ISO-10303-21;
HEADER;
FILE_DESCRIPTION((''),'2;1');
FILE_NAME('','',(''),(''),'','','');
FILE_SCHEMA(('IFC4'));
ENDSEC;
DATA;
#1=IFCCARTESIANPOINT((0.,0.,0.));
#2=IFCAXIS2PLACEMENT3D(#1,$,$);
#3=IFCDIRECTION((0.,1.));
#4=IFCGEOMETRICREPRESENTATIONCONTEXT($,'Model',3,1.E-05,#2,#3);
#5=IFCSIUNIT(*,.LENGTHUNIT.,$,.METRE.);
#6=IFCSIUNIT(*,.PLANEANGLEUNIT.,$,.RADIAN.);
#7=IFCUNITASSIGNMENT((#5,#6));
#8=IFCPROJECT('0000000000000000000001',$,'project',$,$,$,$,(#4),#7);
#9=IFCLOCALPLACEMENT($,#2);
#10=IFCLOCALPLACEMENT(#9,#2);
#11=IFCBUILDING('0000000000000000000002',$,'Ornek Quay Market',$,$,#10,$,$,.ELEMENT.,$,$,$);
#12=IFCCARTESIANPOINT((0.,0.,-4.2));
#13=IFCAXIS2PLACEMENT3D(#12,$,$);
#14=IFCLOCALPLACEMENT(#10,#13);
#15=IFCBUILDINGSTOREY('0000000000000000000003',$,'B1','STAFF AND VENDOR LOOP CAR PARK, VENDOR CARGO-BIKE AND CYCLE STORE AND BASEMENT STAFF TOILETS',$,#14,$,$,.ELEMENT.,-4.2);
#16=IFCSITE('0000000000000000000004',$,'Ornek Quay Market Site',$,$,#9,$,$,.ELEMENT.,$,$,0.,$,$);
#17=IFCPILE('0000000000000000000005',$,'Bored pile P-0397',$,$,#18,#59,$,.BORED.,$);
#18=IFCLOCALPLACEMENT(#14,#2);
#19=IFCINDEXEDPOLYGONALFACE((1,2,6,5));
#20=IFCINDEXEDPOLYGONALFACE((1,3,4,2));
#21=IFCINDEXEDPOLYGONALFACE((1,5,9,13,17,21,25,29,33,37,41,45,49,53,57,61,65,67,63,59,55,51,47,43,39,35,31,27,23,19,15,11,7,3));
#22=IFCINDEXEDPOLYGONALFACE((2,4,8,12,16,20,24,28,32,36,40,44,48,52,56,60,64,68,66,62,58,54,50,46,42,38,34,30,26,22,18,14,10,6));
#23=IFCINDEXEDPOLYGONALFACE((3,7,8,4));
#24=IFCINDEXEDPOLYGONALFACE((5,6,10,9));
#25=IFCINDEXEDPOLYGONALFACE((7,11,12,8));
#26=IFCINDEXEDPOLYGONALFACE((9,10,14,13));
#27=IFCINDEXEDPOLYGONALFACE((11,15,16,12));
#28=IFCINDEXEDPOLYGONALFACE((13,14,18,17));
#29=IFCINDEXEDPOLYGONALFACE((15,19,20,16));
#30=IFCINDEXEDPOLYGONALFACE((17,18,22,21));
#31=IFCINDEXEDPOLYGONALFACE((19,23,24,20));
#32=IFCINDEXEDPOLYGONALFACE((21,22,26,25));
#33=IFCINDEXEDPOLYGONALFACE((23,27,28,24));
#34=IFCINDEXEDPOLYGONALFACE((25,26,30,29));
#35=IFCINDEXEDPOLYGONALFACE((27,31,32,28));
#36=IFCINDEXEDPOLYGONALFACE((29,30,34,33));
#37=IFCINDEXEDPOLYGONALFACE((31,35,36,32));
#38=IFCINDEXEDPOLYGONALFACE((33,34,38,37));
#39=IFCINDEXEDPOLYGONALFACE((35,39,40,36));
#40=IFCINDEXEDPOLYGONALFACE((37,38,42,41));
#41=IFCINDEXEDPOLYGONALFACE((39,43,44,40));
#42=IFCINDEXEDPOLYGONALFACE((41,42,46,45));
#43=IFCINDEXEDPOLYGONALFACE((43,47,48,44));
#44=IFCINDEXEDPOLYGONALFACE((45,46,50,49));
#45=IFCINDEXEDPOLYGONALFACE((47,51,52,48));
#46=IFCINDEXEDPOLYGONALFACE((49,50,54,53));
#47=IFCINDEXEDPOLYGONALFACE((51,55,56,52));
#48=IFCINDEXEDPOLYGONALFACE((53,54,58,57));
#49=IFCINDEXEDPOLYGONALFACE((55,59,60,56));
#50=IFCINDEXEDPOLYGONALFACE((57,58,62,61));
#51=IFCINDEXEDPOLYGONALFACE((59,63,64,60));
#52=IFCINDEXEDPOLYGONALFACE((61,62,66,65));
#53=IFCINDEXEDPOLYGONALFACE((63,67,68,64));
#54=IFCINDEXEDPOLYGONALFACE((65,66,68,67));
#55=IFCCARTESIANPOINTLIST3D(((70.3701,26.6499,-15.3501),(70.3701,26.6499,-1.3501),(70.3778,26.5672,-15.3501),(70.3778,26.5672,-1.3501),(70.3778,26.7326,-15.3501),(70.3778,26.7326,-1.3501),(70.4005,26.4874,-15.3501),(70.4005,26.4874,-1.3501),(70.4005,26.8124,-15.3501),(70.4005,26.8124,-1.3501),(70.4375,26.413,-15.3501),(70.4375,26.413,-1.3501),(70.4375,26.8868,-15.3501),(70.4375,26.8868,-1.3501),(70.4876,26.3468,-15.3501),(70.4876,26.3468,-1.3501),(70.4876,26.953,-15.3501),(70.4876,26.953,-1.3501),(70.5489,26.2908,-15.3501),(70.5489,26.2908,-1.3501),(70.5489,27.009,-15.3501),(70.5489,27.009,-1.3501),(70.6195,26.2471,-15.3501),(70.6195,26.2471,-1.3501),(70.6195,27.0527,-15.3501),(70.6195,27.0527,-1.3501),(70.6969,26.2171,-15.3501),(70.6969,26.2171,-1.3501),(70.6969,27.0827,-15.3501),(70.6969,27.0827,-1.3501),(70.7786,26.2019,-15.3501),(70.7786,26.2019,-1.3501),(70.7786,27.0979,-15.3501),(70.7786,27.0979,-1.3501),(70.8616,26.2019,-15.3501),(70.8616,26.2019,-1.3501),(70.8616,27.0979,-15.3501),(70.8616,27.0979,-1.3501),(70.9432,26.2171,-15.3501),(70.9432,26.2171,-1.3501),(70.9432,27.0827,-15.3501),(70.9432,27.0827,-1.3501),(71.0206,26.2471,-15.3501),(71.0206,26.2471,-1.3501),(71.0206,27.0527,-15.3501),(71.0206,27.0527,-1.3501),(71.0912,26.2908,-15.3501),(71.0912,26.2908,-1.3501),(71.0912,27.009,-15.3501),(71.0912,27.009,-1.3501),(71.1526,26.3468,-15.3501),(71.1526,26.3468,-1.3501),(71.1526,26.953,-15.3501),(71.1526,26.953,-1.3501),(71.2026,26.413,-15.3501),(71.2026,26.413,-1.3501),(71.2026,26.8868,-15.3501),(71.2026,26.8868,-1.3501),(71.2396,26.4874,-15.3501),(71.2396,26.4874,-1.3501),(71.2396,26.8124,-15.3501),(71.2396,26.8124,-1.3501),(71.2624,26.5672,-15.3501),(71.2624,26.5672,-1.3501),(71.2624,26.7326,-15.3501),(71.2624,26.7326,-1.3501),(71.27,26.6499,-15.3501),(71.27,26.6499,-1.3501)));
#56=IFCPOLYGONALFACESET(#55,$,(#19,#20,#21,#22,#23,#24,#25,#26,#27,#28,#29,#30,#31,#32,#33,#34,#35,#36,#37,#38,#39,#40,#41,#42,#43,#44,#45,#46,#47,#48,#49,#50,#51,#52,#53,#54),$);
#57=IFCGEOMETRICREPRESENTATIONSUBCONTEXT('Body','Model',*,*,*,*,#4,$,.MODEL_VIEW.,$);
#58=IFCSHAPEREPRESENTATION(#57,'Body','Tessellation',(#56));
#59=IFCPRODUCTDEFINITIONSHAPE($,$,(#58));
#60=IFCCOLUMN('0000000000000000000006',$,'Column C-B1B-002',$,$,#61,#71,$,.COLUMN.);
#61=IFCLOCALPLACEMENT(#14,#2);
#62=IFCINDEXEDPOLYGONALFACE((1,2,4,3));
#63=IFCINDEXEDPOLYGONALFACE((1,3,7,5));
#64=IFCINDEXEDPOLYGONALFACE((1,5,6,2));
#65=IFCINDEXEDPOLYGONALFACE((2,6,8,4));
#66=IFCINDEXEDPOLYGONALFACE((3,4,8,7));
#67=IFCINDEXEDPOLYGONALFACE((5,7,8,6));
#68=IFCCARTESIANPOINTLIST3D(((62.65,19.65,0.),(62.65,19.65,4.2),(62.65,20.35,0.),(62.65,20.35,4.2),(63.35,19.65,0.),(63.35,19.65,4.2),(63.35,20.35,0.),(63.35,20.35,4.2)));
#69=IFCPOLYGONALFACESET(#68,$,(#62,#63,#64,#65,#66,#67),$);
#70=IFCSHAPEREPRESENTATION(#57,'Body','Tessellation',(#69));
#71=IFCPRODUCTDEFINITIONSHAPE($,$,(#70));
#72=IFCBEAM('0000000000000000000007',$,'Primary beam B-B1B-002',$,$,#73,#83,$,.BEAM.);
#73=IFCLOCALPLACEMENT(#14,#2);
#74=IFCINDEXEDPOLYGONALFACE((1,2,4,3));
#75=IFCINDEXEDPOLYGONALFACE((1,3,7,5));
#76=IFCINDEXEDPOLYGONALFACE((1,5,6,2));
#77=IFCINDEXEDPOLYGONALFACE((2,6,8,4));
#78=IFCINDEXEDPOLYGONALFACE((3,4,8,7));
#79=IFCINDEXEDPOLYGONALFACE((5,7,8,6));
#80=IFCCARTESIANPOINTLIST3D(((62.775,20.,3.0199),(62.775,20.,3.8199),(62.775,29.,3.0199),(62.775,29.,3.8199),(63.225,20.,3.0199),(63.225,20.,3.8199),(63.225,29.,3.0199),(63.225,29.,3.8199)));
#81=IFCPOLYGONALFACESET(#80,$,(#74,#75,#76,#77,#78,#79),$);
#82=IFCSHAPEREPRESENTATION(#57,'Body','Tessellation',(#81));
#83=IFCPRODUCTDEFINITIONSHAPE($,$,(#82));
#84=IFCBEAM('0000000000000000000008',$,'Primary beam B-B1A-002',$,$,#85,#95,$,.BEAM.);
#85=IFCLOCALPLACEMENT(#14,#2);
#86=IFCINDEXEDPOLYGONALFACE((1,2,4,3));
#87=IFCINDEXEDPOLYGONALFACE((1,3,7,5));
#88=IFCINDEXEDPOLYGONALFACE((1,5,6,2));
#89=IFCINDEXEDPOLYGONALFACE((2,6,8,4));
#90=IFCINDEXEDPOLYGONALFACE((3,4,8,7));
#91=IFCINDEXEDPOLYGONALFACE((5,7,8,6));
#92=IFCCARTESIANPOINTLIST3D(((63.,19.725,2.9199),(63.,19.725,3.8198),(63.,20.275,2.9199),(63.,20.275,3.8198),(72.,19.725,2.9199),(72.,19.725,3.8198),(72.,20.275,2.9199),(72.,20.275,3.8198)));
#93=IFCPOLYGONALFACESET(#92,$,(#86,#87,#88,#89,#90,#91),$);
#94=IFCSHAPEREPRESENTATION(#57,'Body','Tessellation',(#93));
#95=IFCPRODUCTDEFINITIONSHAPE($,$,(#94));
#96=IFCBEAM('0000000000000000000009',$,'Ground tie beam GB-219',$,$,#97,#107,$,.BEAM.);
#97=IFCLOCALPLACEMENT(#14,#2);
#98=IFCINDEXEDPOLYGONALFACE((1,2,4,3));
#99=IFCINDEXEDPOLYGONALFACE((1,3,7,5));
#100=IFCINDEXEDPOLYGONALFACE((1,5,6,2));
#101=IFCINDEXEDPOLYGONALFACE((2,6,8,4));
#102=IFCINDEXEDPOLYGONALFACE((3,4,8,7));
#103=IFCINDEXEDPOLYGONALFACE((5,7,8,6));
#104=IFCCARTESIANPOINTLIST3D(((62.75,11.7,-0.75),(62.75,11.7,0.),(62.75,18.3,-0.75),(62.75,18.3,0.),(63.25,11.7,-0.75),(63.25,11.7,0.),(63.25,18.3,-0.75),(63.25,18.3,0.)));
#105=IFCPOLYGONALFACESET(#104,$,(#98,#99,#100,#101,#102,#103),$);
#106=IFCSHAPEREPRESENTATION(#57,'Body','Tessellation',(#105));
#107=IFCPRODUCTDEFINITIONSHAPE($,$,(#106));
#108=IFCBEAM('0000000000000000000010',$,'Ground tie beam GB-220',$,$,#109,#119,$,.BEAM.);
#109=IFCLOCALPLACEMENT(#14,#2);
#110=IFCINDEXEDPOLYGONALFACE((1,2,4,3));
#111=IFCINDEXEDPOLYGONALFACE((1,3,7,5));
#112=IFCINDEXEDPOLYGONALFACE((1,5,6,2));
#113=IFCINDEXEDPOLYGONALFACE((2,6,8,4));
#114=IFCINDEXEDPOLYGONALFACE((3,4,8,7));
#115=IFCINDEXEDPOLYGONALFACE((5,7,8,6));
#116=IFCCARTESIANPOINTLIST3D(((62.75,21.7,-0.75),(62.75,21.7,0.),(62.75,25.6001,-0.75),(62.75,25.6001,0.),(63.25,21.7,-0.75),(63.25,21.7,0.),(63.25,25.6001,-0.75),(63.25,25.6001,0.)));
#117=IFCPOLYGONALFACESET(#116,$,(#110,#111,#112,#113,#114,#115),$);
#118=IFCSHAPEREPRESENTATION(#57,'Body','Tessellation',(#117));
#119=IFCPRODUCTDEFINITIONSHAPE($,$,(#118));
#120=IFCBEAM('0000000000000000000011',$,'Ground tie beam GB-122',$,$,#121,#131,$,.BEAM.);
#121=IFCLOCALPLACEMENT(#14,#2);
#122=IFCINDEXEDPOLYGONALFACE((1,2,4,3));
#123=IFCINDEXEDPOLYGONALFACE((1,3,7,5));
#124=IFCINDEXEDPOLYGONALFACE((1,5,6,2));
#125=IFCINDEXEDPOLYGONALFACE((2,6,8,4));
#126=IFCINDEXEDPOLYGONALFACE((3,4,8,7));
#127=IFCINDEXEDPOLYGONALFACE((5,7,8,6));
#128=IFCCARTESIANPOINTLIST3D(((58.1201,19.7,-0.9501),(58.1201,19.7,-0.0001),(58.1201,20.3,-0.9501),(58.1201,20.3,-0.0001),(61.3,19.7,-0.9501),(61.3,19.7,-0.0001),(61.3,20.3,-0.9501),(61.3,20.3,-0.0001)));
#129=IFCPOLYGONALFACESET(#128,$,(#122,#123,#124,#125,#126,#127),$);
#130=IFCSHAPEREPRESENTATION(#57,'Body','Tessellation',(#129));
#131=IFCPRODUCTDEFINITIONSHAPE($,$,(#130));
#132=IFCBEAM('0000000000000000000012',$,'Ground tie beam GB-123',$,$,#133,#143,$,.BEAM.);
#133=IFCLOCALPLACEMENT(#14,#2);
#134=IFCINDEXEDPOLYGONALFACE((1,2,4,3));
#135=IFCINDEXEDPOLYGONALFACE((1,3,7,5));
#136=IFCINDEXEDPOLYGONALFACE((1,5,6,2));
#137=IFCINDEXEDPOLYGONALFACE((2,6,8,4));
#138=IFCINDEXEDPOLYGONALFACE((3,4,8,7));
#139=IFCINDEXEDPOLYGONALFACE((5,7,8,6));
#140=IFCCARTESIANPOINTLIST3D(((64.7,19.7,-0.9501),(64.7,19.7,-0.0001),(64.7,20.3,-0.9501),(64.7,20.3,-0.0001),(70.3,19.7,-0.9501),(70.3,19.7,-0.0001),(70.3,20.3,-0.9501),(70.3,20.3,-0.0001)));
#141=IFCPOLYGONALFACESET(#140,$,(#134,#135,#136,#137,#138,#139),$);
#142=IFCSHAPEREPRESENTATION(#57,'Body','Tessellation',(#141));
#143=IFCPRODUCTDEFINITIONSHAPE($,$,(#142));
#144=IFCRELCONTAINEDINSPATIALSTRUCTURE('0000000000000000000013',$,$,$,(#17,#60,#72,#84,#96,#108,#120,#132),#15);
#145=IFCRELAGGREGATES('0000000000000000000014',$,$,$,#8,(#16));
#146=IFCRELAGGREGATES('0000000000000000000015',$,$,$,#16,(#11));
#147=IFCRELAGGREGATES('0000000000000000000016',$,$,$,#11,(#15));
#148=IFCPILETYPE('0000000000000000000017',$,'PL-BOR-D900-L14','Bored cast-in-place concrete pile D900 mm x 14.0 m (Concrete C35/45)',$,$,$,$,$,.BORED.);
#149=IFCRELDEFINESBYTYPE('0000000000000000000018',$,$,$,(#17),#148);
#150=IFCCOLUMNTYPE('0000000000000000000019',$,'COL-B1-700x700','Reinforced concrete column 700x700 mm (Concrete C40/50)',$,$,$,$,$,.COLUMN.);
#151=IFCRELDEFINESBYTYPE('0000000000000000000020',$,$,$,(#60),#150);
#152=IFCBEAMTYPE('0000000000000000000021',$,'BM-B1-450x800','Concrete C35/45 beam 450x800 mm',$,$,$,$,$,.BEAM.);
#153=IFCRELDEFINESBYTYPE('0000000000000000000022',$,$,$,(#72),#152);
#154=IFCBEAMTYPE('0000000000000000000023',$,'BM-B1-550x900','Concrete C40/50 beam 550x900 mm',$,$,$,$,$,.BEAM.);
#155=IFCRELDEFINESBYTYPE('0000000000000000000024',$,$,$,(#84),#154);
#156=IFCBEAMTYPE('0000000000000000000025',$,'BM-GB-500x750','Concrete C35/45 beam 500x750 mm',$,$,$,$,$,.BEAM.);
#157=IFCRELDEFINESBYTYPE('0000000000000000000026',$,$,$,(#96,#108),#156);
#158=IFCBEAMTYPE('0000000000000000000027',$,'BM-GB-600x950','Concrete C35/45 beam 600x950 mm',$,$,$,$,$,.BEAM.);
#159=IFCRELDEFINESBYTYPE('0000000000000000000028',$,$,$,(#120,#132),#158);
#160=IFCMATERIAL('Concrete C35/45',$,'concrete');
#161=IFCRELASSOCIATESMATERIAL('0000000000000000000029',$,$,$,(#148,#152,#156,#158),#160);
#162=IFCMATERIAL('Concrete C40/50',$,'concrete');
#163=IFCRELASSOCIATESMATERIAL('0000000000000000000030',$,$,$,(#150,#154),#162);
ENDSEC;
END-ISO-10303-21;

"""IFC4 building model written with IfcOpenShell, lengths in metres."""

from ifc_helpers import new_model, si_unit, direction, frame, origin, origin_2d, place, context, subcontext, project, spatial, rectangle, circle, extrude, material, material_profile, profile_set, type_object, element, save


model = new_model("IFC4")

# Units and contexts
model_context = context("Model", 3, precision=1e-05, world=origin(), true_north=direction((0.0, 1.0)))
body_context = subcontext(model_context, "Body", "Model", "MODEL_VIEW")
ifc_project = project(units=[si_unit("LENGTHUNIT", "METRE"), si_unit("PLANEANGLEUNIT", "RADIAN")], contexts=[model_context])

# Site, building, storey
site_placement = place(None, origin())
site = spatial("IfcSite", under=ifc_project, at=site_placement, Name="Ornek Quay Market Site", CompositionType="ELEMENT", RefElevation=0.0)
building_placement = place(site_placement, origin())
building = spatial("IfcBuilding", under=site, at=building_placement, Name="Ornek Quay Market", CompositionType="ELEMENT")
storey_placement = place(building_placement, frame((0.0, 0.0, -4.2)))
storey = spatial("IfcBuildingStorey", under=building, at=storey_placement, Name="B1", Description="STAFF AND VENDOR LOOP CAR PARK, VENDOR CARGO-BIKE AND CYCLE STORE AND BASEMENT STAFF TOILETS", CompositionType="ELEMENT", Elevation=-4.2)

# Pile
ifc_material_1 = material(Name="Concrete C35/45", Category="concrete")
ifc_material_profile_1 = material_profile(ifc_material_1, circle(Radius=0.45, at=origin_2d()), Name="PILE D900", Category="concrete")
ifc_profile_set_1 = profile_set([ifc_material_profile_1], Name="Concrete C35/45")
pile_type_1 = type_object("IfcPileType", Name="PL-BOR-D900-L14", Description="Bored cast-in-place concrete pile D900 mm x 14.0 m (Concrete C35/45)", PredefinedType="BORED", material=ifc_profile_set_1)
pile_placement = place(storey_placement, frame((70.8201, 26.6499, -1.3501), z_axis=(0.0, 0.0, -1.0), x_axis=(1.0, 0.0, 0.0)))
element("IfcPile", 1, at=pile_placement, inside=storey, type_object=pile_type_1, Name="Bored pile P-0397", PredefinedType="BORED", context=body_context, shape_type="SweptSolid", body=[
    extrude(circle(Radius=0.45, at=origin_2d()), origin(), (0.0, 0.0, 1.0), 14.0),
])

# Column
ifc_material_2 = material(Name="Concrete C40/50", Category="concrete")
ifc_material_profile_2 = material_profile(ifc_material_2, rectangle(XDim=0.7, YDim=0.7, at=origin_2d()), Name="RC 700x700", Category="concrete")
ifc_profile_set_2 = profile_set([ifc_material_profile_2], Name="Concrete C40/50")
column_type = type_object("IfcColumnType", Name="COL-B1-700x700", Description="Reinforced concrete column 700x700 mm (Concrete C40/50)", PredefinedType="COLUMN", material=ifc_profile_set_2)
column_placement = place(storey_placement, frame((63.0, 20.0, 0.0), z_axis=(0.0, 0.0, 1.0), x_axis=(1.0, 0.0, 0.0)))
element("IfcColumn", 2, at=column_placement, inside=storey, type_object=column_type, Name="Column C-B1B-002", PredefinedType="COLUMN", context=body_context, shape_type="SweptSolid", body=[
    extrude(rectangle(XDim=0.7, YDim=0.7, at=origin_2d()), origin(), (0.0, 0.0, 1.0), 4.2),
])

# Beams
ifc_material_profile_3 = material_profile(ifc_material_1, rectangle(XDim=0.45, YDim=0.8, at=origin_2d()), Name="RC 450x800", Category="concrete")
ifc_profile_set_3 = profile_set([ifc_material_profile_3], Name="Concrete C35/45")
beam_type_1 = type_object("IfcBeamType", Name="BM-B1-450x800", Description="Concrete C35/45 beam 450x800 mm", PredefinedType="BEAM", material=ifc_profile_set_3)
beam_1_placement = place(storey_placement, frame((63.0, 20.0, 3.4199), z_axis=(0.0, 1.0, 0.0), x_axis=(-1.0, 0.0, 0.0)))
element("IfcBeam", 3, at=beam_1_placement, inside=storey, type_object=beam_type_1, Name="Primary beam B-B1B-002", PredefinedType="BEAM", context=body_context, shape_type="SweptSolid", body=[
    extrude(rectangle(XDim=0.45, YDim=0.8, at=origin_2d()), origin(), (0.0, 0.0, 1.0), 9.0),
])
ifc_material_profile_4 = material_profile(ifc_material_2, rectangle(XDim=0.55, YDim=0.8999, at=origin_2d()), Name="RC 550x900", Category="concrete")
ifc_profile_set_4 = profile_set([ifc_material_profile_4], Name="Concrete C40/50")
beam_type_2 = type_object("IfcBeamType", Name="BM-B1-550x900", Description="Concrete C40/50 beam 550x900 mm", PredefinedType="BEAM", material=ifc_profile_set_4)
beam_2_placement = place(storey_placement, frame((63.0, 20.0, 3.3699), z_axis=(1.0, 0.0, 0.0), x_axis=(0.0, 1.0, 0.0)))
element("IfcBeam", 4, at=beam_2_placement, inside=storey, type_object=beam_type_2, Name="Primary beam B-B1A-002", PredefinedType="BEAM", context=body_context, shape_type="SweptSolid", body=[
    extrude(rectangle(XDim=0.55, YDim=0.8999, at=origin_2d()), origin(), (0.0, 0.0, 1.0), 9.0),
])
ifc_material_profile_5 = material_profile(ifc_material_1, rectangle(XDim=0.5, YDim=0.75, at=origin_2d()), Name="RC 500x750", Category="concrete")
ifc_profile_set_5 = profile_set([ifc_material_profile_5], Name="Concrete C35/45")
beam_type_3 = type_object("IfcBeamType", Name="BM-GB-500x750", Description="Concrete C35/45 beam 500x750 mm", PredefinedType="BEAM", material=ifc_profile_set_5)
beam_3_placement = place(storey_placement, frame((63.0, 11.7, -0.375), z_axis=(0.0, 1.0, 0.0), x_axis=(-1.0, 0.0, 0.0)))
element("IfcBeam", 5, at=beam_3_placement, inside=storey, type_object=beam_type_3, Name="Ground tie beam GB-219", PredefinedType="BEAM", context=body_context, shape_type="SweptSolid", body=[
    extrude(rectangle(XDim=0.5, YDim=0.75, at=origin_2d()), origin(), (0.0, 0.0, 1.0), 6.6001),
])
beam_4_placement = place(storey_placement, frame((63.0, 21.7, -0.375), z_axis=(0.0, 1.0, 0.0), x_axis=(-1.0, 0.0, 0.0)))
element("IfcBeam", 6, at=beam_4_placement, inside=storey, type_object=beam_type_3, Name="Ground tie beam GB-220", PredefinedType="BEAM", context=body_context, shape_type="SweptSolid", body=[
    extrude(rectangle(XDim=0.5, YDim=0.75, at=origin_2d()), origin(), (0.0, 0.0, 1.0), 3.9001),
])
ifc_material_profile_6 = material_profile(ifc_material_1, rectangle(XDim=0.6001, YDim=0.95, at=origin_2d()), Name="RC 600x950", Category="concrete")
ifc_profile_set_6 = profile_set([ifc_material_profile_6], Name="Concrete C35/45")
beam_type_4 = type_object("IfcBeamType", Name="BM-GB-600x950", Description="Concrete C35/45 beam 600x950 mm", PredefinedType="BEAM", material=ifc_profile_set_6)
beam_5_placement = place(storey_placement, frame((58.1201, 20.0, -0.4751), z_axis=(1.0, 0.0, 0.0), x_axis=(0.0, 1.0, 0.0)))
element("IfcBeam", 7, at=beam_5_placement, inside=storey, type_object=beam_type_4, Name="Ground tie beam GB-122", PredefinedType="BEAM", context=body_context, shape_type="SweptSolid", body=[
    extrude(rectangle(XDim=0.6001, YDim=0.95, at=origin_2d()), origin(), (0.0, 0.0, 1.0), 3.1799),
])
beam_6_placement = place(storey_placement, frame((64.7, 20.0, -0.4751), z_axis=(1.0, 0.0, 0.0), x_axis=(0.0, 1.0, 0.0)))
element("IfcBeam", 8, at=beam_6_placement, inside=storey, type_object=beam_type_4, Name="Ground tie beam GB-123", PredefinedType="BEAM", context=body_context, shape_type="SweptSolid", body=[
    extrude(rectangle(XDim=0.6001, YDim=0.95, at=origin_2d()), origin(), (0.0, 0.0, 1.0), 5.6001),
])

save(model, "model.ifc")
